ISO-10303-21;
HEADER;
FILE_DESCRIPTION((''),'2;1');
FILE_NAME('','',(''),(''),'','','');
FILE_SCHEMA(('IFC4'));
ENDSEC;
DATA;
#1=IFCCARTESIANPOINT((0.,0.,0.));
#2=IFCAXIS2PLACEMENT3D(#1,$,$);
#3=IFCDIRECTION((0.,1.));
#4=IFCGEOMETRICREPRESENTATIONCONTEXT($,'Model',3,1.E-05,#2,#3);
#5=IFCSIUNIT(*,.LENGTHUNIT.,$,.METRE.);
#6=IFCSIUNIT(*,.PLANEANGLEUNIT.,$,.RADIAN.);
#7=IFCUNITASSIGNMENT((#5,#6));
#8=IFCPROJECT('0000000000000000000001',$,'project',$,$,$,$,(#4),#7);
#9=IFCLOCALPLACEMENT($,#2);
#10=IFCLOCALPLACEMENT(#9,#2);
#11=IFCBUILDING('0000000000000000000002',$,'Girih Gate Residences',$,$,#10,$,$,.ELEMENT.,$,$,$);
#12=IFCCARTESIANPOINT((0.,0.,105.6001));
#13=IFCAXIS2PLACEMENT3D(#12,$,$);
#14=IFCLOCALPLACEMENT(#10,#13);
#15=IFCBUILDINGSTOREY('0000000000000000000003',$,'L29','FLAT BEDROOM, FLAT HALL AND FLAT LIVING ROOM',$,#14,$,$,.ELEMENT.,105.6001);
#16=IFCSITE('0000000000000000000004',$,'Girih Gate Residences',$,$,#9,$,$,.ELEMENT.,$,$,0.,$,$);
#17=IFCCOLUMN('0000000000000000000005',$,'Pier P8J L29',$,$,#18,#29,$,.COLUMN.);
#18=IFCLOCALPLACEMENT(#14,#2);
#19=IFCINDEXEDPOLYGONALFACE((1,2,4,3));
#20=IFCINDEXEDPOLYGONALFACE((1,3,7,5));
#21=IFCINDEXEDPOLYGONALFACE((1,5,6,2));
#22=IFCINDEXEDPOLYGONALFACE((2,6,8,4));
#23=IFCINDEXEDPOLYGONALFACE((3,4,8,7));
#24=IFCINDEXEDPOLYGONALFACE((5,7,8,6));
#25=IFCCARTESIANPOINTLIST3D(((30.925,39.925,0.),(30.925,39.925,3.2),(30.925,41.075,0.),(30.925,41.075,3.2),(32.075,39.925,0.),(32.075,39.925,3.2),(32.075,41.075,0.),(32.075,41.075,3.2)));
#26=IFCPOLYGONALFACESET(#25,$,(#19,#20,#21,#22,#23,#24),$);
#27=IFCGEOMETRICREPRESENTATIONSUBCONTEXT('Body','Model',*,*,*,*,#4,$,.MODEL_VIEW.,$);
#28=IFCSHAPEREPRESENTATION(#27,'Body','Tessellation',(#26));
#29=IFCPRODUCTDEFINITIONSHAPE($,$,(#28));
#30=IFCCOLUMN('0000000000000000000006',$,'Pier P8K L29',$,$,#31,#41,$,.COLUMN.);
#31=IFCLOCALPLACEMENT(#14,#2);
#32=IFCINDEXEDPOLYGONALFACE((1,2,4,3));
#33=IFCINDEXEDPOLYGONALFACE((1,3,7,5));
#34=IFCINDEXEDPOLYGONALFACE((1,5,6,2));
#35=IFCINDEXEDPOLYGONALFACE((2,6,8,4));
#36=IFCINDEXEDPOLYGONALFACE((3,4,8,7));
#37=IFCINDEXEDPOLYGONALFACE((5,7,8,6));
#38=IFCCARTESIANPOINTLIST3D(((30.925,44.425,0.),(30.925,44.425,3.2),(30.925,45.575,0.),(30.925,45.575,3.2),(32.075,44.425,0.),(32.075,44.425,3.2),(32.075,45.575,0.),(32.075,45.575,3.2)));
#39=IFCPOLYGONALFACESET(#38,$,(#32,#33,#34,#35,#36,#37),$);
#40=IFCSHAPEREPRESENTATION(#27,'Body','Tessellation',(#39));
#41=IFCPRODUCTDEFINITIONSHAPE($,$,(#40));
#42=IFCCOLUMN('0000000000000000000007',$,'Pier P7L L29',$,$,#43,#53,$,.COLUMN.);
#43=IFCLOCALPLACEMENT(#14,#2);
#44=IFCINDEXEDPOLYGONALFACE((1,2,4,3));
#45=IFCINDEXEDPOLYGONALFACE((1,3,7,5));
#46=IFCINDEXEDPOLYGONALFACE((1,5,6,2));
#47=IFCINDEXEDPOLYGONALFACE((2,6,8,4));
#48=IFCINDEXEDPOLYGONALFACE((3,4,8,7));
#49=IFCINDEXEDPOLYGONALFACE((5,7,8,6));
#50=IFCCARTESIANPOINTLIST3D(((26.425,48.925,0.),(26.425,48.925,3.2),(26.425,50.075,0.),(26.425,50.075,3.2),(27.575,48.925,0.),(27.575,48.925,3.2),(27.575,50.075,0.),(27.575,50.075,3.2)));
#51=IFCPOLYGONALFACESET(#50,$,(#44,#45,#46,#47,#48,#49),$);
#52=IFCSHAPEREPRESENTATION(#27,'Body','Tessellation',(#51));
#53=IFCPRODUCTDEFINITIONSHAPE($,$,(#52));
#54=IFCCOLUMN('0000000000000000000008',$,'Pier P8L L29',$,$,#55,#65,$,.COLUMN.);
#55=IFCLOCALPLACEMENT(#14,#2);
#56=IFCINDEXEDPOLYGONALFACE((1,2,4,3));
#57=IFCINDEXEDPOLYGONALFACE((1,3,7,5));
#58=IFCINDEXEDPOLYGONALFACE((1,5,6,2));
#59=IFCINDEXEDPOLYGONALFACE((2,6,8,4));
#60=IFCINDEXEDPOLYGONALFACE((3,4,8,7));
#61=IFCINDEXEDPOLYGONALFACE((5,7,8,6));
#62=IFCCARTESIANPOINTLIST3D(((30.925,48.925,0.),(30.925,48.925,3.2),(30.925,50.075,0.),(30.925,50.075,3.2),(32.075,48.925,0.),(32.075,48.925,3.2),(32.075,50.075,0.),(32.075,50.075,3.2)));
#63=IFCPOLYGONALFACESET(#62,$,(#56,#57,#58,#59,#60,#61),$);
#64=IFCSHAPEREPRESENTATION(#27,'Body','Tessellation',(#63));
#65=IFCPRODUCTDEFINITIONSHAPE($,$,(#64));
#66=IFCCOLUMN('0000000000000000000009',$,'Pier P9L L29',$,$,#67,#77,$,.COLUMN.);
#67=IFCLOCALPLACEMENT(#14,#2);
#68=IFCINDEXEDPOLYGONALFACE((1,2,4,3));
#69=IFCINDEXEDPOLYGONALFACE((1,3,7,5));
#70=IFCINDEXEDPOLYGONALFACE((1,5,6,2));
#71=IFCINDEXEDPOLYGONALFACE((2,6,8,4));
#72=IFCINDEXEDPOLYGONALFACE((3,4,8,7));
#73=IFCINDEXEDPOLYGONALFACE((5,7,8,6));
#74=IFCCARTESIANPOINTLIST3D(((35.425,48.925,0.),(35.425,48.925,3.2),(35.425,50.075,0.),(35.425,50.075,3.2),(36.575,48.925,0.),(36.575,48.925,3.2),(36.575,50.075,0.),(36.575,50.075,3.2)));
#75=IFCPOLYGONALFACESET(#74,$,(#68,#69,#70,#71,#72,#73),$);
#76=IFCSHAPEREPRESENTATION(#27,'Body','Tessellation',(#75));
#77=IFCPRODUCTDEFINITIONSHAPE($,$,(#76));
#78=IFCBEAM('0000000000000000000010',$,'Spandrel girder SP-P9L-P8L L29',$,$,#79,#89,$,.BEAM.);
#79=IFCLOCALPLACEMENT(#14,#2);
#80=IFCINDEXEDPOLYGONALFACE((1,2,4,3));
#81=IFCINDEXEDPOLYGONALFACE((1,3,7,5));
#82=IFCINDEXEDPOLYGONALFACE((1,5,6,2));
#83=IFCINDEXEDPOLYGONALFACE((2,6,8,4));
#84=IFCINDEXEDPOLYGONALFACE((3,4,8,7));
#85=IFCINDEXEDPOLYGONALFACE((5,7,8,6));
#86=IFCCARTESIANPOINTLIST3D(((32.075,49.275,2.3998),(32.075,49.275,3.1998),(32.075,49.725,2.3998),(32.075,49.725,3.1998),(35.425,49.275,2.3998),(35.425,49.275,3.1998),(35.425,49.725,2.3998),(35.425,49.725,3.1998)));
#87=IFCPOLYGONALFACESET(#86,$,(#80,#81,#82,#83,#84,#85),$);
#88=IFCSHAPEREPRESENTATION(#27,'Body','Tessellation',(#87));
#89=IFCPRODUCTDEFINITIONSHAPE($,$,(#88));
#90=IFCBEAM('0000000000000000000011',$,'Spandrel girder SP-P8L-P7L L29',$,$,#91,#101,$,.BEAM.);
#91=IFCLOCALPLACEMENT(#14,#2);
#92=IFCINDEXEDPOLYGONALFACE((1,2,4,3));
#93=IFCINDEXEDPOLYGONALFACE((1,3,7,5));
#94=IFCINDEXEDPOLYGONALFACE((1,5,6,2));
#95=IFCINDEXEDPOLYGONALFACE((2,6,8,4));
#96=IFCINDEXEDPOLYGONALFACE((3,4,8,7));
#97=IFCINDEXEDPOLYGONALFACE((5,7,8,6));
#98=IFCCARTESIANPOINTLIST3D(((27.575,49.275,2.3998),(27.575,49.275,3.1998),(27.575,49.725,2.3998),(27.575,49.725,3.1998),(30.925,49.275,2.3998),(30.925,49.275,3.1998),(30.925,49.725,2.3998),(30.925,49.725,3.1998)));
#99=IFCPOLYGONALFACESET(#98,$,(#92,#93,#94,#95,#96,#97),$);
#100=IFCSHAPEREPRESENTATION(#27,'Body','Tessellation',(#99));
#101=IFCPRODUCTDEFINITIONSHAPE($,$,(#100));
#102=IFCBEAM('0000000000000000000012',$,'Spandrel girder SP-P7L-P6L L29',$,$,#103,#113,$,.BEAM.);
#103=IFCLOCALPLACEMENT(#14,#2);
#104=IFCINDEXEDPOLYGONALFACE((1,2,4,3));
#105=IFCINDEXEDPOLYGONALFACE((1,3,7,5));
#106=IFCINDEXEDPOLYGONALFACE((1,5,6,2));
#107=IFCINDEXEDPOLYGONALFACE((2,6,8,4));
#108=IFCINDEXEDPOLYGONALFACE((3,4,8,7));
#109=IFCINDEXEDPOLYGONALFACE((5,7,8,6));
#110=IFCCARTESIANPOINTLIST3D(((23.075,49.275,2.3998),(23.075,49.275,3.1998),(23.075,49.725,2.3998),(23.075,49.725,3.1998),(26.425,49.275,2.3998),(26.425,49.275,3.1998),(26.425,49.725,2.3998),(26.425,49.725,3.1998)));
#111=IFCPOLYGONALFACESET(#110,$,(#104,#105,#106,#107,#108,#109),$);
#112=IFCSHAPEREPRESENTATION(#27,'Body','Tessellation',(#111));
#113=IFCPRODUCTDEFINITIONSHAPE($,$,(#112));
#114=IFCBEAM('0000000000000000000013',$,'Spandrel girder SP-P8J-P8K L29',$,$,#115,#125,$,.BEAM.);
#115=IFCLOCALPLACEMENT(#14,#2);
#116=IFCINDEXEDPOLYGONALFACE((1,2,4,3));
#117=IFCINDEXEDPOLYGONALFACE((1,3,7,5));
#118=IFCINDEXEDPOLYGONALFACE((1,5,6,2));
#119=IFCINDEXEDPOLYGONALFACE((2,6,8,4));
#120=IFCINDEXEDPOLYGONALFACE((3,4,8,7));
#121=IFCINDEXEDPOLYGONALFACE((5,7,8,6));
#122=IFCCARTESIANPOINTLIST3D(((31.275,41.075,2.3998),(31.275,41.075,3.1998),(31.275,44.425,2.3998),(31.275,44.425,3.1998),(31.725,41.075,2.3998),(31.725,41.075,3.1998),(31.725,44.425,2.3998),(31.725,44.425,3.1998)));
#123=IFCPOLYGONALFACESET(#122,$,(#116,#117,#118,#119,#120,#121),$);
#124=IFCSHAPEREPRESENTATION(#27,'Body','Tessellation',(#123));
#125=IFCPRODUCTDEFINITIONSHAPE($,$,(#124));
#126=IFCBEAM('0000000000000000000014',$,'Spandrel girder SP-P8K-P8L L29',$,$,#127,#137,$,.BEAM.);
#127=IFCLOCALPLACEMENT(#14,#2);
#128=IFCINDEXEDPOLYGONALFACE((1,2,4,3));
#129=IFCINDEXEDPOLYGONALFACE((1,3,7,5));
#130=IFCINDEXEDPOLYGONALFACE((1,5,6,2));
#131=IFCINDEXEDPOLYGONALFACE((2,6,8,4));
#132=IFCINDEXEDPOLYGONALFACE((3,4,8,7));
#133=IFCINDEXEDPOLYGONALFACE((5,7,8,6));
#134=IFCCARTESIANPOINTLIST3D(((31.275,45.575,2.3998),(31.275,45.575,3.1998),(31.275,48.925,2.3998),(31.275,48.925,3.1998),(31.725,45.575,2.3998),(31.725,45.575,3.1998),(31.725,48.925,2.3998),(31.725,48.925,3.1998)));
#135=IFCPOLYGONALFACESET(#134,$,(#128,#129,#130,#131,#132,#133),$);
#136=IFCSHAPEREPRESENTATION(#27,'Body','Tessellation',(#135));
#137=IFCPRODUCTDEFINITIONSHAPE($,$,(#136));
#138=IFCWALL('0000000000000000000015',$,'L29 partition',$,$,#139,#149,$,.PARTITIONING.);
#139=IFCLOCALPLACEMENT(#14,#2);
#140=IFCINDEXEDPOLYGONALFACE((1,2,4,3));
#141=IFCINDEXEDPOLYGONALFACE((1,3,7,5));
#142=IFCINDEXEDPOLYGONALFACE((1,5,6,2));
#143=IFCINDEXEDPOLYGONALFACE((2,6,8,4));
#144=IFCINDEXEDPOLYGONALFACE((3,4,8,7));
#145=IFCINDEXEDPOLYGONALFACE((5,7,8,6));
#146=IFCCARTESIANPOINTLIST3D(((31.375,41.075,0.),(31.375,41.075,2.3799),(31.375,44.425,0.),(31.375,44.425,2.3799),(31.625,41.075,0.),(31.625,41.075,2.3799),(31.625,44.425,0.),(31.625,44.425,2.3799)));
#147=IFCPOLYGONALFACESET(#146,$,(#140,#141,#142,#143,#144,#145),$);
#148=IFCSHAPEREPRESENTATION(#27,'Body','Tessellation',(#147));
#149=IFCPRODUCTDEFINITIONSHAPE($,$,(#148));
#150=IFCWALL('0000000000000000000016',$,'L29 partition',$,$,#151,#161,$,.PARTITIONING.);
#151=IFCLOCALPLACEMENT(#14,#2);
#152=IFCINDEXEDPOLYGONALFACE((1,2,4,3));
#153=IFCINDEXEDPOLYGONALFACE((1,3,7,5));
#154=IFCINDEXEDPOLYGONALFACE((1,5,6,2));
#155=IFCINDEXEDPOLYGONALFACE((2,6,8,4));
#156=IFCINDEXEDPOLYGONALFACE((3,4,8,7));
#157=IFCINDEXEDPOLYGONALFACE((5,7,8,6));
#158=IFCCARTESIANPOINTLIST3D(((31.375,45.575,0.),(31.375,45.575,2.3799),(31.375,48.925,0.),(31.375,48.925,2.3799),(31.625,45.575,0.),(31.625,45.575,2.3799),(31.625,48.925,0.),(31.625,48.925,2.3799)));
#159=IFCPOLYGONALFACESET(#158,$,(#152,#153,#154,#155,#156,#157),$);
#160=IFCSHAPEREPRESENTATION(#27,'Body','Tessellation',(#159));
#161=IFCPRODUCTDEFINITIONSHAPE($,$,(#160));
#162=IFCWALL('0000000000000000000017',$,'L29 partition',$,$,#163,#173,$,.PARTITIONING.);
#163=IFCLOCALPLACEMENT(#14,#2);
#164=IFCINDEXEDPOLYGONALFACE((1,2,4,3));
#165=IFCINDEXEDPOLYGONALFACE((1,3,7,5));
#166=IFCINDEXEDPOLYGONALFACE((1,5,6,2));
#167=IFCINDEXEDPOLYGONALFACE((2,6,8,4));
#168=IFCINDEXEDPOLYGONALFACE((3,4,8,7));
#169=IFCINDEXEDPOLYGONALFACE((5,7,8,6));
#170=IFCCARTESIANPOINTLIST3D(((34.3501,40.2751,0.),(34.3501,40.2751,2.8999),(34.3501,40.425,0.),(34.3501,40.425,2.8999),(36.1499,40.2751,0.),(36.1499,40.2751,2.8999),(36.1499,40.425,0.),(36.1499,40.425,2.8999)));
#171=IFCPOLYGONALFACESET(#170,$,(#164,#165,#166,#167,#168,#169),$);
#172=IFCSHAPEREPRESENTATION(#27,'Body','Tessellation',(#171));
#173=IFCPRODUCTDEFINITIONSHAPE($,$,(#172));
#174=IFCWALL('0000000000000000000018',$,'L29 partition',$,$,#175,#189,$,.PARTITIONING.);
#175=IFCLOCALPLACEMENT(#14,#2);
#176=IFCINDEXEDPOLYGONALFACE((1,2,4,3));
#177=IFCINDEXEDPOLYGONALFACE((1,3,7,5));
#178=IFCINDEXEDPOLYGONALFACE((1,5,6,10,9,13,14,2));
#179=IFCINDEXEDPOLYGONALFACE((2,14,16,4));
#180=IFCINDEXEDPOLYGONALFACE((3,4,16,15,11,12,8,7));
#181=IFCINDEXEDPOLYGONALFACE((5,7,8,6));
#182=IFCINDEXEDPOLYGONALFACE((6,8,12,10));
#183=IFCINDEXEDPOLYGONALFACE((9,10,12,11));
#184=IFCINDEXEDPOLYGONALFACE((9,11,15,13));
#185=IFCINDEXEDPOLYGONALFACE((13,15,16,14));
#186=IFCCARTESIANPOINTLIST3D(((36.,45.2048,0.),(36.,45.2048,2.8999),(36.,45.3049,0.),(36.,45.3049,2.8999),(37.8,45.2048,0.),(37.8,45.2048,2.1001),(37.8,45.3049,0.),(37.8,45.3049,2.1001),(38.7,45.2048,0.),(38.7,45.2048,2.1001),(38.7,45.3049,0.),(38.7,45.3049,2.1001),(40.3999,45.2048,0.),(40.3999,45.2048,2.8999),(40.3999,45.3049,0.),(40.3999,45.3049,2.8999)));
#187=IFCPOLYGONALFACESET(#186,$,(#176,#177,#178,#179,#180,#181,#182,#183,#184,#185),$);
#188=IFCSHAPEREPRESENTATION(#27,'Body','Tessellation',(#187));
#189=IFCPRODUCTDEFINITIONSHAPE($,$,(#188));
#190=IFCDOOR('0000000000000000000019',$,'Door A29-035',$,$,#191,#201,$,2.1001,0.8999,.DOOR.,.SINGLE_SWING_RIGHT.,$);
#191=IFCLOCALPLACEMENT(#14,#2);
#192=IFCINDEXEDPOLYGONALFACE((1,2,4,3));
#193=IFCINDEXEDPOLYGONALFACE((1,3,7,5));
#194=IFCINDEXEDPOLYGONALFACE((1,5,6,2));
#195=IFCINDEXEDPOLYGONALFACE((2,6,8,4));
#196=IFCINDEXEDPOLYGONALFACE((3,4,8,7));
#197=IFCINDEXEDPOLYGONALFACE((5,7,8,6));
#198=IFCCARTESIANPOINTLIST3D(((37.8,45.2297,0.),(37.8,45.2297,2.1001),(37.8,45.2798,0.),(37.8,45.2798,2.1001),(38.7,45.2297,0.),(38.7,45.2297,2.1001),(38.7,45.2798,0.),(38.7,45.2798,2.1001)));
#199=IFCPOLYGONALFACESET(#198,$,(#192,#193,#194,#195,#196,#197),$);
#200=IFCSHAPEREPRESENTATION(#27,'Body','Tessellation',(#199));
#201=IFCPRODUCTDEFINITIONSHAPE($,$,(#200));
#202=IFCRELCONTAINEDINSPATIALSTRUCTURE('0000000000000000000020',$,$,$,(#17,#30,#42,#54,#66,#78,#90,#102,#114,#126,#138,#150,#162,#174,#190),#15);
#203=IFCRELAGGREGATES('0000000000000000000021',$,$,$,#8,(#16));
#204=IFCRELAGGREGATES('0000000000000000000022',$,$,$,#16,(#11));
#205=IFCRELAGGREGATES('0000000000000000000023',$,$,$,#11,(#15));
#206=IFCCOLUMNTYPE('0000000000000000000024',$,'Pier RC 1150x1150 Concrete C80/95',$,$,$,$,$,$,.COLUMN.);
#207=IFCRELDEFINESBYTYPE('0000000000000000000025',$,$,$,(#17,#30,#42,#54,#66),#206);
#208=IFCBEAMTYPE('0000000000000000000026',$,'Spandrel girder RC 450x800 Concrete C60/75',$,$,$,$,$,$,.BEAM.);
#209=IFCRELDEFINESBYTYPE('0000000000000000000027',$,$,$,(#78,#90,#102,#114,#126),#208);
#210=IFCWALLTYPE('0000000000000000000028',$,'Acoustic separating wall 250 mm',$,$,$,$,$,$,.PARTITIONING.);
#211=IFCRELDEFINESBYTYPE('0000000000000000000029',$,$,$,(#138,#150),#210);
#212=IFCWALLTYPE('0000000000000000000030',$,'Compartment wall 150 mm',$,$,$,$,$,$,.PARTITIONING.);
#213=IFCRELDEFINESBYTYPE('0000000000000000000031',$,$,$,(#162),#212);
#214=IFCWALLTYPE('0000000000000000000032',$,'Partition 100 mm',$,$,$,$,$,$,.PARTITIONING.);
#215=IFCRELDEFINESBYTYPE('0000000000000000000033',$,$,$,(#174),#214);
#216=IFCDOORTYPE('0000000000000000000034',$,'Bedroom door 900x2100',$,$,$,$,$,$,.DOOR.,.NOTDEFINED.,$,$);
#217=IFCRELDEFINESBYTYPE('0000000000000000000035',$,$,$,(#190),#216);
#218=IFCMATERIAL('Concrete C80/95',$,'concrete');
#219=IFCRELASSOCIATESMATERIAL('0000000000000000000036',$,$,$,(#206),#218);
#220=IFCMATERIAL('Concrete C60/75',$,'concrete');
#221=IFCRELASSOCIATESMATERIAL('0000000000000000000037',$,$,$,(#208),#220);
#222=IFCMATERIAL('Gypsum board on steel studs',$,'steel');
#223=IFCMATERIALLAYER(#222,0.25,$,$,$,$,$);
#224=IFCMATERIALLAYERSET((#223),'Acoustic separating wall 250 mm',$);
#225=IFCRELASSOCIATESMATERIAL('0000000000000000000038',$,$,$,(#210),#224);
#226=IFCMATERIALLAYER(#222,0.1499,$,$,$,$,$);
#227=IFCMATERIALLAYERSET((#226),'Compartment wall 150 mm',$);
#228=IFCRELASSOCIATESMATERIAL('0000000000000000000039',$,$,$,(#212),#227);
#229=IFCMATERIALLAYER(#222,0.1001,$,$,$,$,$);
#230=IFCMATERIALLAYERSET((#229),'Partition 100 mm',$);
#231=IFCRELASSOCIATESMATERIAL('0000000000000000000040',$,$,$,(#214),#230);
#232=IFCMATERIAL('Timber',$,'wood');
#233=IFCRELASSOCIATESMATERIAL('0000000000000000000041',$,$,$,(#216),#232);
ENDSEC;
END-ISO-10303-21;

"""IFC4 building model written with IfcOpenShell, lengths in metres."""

from ifc_helpers import new_model, si_unit, direction, frame, frame_2d, origin, origin_2d, place, context, subcontext, project, spatial, rectangle, extrude, material, layer, layer_set, material_profile, profile_set, type_object, element, fill, save


model = new_model("IFC4")

# Units and contexts
model_context = context("Model", 3, precision=1e-05, world=origin(), true_north=direction((0.0, 1.0)))
body_context = subcontext(model_context, "Body", "Model", "MODEL_VIEW")
ifc_project = project(units=[si_unit("LENGTHUNIT", "METRE"), si_unit("PLANEANGLEUNIT", "RADIAN")], contexts=[model_context])

# Site, building, storey
site_placement = place(None, origin())
site = spatial("IfcSite", under=ifc_project, at=site_placement, Name="Girih Gate Residences", CompositionType="ELEMENT", RefElevation=0.0)
building_placement = place(site_placement, origin())
building = spatial("IfcBuilding", under=site, at=building_placement, Name="Girih Gate Residences", CompositionType="ELEMENT")
storey_placement = place(building_placement, frame((0.0, 0.0, 105.6001)))
storey = spatial("IfcBuildingStorey", under=building, at=storey_placement, Name="L29", Description="FLAT BEDROOM, FLAT HALL AND FLAT LIVING ROOM", CompositionType="ELEMENT", Elevation=105.6001)

# Columns
ifc_material_1 = material(Name="Concrete C80/95", Category="concrete")
ifc_material_profile_1 = material_profile(ifc_material_1, rectangle(XDim=1.1499, YDim=1.1499, at=origin_2d()))
ifc_profile_set_1 = profile_set([ifc_material_profile_1], Name="Concrete C80/95")
column_type = type_object("IfcColumnType", Name="Pier RC 1150x1150 Concrete C80/95", PredefinedType="COLUMN", material=ifc_profile_set_1)
for number, where, z_axis, x_axis, name in (
    (1, (31.5, 40.5, 0.0), (0.0, 0.0, 1.0), (1.0, 0.0, 0.0), "Pier P8J L29"),
    (2, (31.5, 45.0, 0.0), (0.0, 0.0, 1.0), (1.0, 0.0, 0.0), "Pier P8K L29"),
    (3, (27.0, 49.5, 0.0), (0.0, 0.0, 1.0), (1.0, 0.0, 0.0), "Pier P7L L29"),
    (4, (31.5, 49.5, 0.0), (0.0, 0.0, 1.0), (1.0, 0.0, 0.0), "Pier P8L L29"),
    (5, (36.0, 49.5, 0.0), (0.0, 0.0, 1.0), (1.0, 0.0, 0.0), "Pier P9L L29"),
):
    element("IfcColumn", number, at=place(storey_placement, frame(where, z_axis=z_axis, x_axis=x_axis)), inside=storey, type_object=column_type, Name=name, PredefinedType="COLUMN", context=body_context, shape_type="SweptSolid", body=[
        extrude(rectangle(XDim=1.1499, YDim=1.1499, at=origin_2d()), origin(), (0.0, 0.0, 1.0), 3.2),
    ])

# Beams
ifc_material_2 = material(Name="Concrete C60/75", Category="concrete")
ifc_material_profile_2 = material_profile(ifc_material_2, rectangle(XDim=0.45, YDim=0.8, at=origin_2d()))
ifc_profile_set_2 = profile_set([ifc_material_profile_2], Name="Concrete C60/75")
beam_type = type_object("IfcBeamType", Name="Spandrel girder RC 450x800 Concrete C60/75", PredefinedType="BEAM", material=ifc_profile_set_2)
for number, where, z_axis, x_axis, name in (
    (6, (35.425, 49.5, 2.7998), (-1.0, 0.0, 0.0), (0.0, -1.0, 0.0), "Spandrel girder SP-P9L-P8L L29"),
    (7, (30.925, 49.5, 2.7998), (-1.0, 0.0, 0.0), (0.0, -1.0, 0.0), "Spandrel girder SP-P8L-P7L L29"),
    (8, (26.425, 49.5, 2.7998), (-1.0, 0.0, 0.0), (0.0, -1.0, 0.0), "Spandrel girder SP-P7L-P6L L29"),
    (9, (31.5, 41.075, 2.7998), (0.0, 1.0, 0.0), (-1.0, 0.0, 0.0), "Spandrel girder SP-P8J-P8K L29"),
    (10, (31.5, 45.575, 2.7998), (0.0, 1.0, 0.0), (-1.0, 0.0, 0.0), "Spandrel girder SP-P8K-P8L L29"),
):
    element("IfcBeam", number, at=place(storey_placement, frame(where, z_axis=z_axis, x_axis=x_axis)), inside=storey, type_object=beam_type, Name=name, PredefinedType="BEAM", context=body_context, shape_type="SweptSolid", body=[
        extrude(rectangle(XDim=0.45, YDim=0.8, at=origin_2d()), origin(), (0.0, 0.0, 1.0), 3.3501),
    ])

# Walls
ifc_material_3 = material(Name="Gypsum board on steel studs", Category="steel")
ifc_layer_1 = layer(ifc_material_3, 0.25)
ifc_layer_set_1 = layer_set([ifc_layer_1], Name="Acoustic separating wall 250 mm")
wall_type_1 = type_object("IfcWallType", Name="Acoustic separating wall 250 mm", PredefinedType="PARTITIONING", material=ifc_layer_set_1)
for number, where, z_axis, x_axis, name in (
    (11, (31.5, 41.075, 0.0), (0.0, 0.0, 1.0), (0.0, 1.0, 0.0), "L29 partition"),
    (12, (31.5, 45.575, 0.0), (0.0, 0.0, 1.0), (0.0, 1.0, 0.0), "L29 partition"),
):
    element("IfcWall", number, at=place(storey_placement, frame(where, z_axis=z_axis, x_axis=x_axis)), inside=storey, type_object=wall_type_1, Name=name, PredefinedType="PARTITIONING", context=body_context, shape_type="SweptSolid", body=[
        extrude(rectangle(XDim=3.3501, YDim=0.25, at=frame_2d((1.675, 0.0))), origin(), (0.0, 0.0, 1.0), 2.3799),
    ])
ifc_layer_2 = layer(ifc_material_3, 0.1499)
ifc_layer_set_2 = layer_set([ifc_layer_2], Name="Compartment wall 150 mm")
wall_type_2 = type_object("IfcWallType", Name="Compartment wall 150 mm", PredefinedType="PARTITIONING", material=ifc_layer_set_2)
wall_1_placement = place(storey_placement, frame((34.3501, 40.3501, 0.0), z_axis=(0.0, 0.0, 1.0), x_axis=(1.0, 0.0, 0.0)))
element("IfcWall", 13, at=wall_1_placement, inside=storey, type_object=wall_type_2, Name="L29 partition", PredefinedType="PARTITIONING", context=body_context, shape_type="SweptSolid", body=[
    extrude(rectangle(XDim=1.7998, YDim=0.1499, at=frame_2d((0.8999, 0.0))), origin(), (0.0, 0.0, 1.0), 2.8999),
])

# Wall, opening, door
ifc_layer_3 = layer(ifc_material_3, 0.1001)
ifc_layer_set_3 = layer_set([ifc_layer_3], Name="Partition 100 mm")
wall_type_3 = type_object("IfcWallType", Name="Partition 100 mm", PredefinedType="PARTITIONING", material=ifc_layer_set_3)
wall_2_placement = place(storey_placement, frame((36.0, 45.2549, 0.0), z_axis=(0.0, 0.0, 1.0), x_axis=(1.0, 0.0, 0.0)))
wall_2 = element("IfcWall", 14, at=wall_2_placement, inside=storey, type_object=wall_type_3, Name="L29 partition", PredefinedType="PARTITIONING", context=body_context, shape_type="SweptSolid", body=[
    extrude(rectangle(XDim=4.3999, YDim=0.1001, at=frame_2d((2.2, 0.0))), origin(), (0.0, 0.0, 1.0), 2.8999),
])
opening_1_placement = place(wall_2_placement, frame((1.8, 0.0, 0.0)))
opening_1 = element("IfcOpeningElement", 15, at=opening_1_placement, cuts=wall_2, PredefinedType="OPENING", context=body_context, shape_type="SweptSolid", body=[
    extrude(rectangle(XDim=0.8999, YDim=2.1001, at=frame_2d((0.45, 1.05))), frame((0.0, 0.0601, 0.0), z_axis=(0.0, -1.0, 0.0), x_axis=(1.0, 0.0, 0.0)), (0.0, 0.0, 1.0), 0.1201),
])
ifc_material_4 = material(Name="Timber", Category="wood")
door_type_1 = type_object("IfcDoorType", Name="Bedroom door 900x2100", OperationType="NOTDEFINED", PredefinedType="DOOR", material=ifc_material_4)
door_1_placement = place(opening_1_placement, origin())
door_1 = element("IfcDoor", 16, at=door_1_placement, inside=storey, type_object=door_type_1, Name="Door A29-035", OperationType="SINGLE_SWING_RIGHT", OverallHeight=2.1001, OverallWidth=0.8999, PredefinedType="DOOR", context=body_context, shape_type="SweptSolid", body=[
    extrude(rectangle(XDim=0.8999, YDim=2.1001, at=frame_2d((0.45, 1.05))), frame((0.0, 0.0249, 0.0), z_axis=(0.0, -1.0, 0.0), x_axis=(1.0, 0.0, 0.0)), (0.0, 0.0, 1.0), 0.05),
])
fill(opening_1, door_1)

save(model, "model.ifc")
